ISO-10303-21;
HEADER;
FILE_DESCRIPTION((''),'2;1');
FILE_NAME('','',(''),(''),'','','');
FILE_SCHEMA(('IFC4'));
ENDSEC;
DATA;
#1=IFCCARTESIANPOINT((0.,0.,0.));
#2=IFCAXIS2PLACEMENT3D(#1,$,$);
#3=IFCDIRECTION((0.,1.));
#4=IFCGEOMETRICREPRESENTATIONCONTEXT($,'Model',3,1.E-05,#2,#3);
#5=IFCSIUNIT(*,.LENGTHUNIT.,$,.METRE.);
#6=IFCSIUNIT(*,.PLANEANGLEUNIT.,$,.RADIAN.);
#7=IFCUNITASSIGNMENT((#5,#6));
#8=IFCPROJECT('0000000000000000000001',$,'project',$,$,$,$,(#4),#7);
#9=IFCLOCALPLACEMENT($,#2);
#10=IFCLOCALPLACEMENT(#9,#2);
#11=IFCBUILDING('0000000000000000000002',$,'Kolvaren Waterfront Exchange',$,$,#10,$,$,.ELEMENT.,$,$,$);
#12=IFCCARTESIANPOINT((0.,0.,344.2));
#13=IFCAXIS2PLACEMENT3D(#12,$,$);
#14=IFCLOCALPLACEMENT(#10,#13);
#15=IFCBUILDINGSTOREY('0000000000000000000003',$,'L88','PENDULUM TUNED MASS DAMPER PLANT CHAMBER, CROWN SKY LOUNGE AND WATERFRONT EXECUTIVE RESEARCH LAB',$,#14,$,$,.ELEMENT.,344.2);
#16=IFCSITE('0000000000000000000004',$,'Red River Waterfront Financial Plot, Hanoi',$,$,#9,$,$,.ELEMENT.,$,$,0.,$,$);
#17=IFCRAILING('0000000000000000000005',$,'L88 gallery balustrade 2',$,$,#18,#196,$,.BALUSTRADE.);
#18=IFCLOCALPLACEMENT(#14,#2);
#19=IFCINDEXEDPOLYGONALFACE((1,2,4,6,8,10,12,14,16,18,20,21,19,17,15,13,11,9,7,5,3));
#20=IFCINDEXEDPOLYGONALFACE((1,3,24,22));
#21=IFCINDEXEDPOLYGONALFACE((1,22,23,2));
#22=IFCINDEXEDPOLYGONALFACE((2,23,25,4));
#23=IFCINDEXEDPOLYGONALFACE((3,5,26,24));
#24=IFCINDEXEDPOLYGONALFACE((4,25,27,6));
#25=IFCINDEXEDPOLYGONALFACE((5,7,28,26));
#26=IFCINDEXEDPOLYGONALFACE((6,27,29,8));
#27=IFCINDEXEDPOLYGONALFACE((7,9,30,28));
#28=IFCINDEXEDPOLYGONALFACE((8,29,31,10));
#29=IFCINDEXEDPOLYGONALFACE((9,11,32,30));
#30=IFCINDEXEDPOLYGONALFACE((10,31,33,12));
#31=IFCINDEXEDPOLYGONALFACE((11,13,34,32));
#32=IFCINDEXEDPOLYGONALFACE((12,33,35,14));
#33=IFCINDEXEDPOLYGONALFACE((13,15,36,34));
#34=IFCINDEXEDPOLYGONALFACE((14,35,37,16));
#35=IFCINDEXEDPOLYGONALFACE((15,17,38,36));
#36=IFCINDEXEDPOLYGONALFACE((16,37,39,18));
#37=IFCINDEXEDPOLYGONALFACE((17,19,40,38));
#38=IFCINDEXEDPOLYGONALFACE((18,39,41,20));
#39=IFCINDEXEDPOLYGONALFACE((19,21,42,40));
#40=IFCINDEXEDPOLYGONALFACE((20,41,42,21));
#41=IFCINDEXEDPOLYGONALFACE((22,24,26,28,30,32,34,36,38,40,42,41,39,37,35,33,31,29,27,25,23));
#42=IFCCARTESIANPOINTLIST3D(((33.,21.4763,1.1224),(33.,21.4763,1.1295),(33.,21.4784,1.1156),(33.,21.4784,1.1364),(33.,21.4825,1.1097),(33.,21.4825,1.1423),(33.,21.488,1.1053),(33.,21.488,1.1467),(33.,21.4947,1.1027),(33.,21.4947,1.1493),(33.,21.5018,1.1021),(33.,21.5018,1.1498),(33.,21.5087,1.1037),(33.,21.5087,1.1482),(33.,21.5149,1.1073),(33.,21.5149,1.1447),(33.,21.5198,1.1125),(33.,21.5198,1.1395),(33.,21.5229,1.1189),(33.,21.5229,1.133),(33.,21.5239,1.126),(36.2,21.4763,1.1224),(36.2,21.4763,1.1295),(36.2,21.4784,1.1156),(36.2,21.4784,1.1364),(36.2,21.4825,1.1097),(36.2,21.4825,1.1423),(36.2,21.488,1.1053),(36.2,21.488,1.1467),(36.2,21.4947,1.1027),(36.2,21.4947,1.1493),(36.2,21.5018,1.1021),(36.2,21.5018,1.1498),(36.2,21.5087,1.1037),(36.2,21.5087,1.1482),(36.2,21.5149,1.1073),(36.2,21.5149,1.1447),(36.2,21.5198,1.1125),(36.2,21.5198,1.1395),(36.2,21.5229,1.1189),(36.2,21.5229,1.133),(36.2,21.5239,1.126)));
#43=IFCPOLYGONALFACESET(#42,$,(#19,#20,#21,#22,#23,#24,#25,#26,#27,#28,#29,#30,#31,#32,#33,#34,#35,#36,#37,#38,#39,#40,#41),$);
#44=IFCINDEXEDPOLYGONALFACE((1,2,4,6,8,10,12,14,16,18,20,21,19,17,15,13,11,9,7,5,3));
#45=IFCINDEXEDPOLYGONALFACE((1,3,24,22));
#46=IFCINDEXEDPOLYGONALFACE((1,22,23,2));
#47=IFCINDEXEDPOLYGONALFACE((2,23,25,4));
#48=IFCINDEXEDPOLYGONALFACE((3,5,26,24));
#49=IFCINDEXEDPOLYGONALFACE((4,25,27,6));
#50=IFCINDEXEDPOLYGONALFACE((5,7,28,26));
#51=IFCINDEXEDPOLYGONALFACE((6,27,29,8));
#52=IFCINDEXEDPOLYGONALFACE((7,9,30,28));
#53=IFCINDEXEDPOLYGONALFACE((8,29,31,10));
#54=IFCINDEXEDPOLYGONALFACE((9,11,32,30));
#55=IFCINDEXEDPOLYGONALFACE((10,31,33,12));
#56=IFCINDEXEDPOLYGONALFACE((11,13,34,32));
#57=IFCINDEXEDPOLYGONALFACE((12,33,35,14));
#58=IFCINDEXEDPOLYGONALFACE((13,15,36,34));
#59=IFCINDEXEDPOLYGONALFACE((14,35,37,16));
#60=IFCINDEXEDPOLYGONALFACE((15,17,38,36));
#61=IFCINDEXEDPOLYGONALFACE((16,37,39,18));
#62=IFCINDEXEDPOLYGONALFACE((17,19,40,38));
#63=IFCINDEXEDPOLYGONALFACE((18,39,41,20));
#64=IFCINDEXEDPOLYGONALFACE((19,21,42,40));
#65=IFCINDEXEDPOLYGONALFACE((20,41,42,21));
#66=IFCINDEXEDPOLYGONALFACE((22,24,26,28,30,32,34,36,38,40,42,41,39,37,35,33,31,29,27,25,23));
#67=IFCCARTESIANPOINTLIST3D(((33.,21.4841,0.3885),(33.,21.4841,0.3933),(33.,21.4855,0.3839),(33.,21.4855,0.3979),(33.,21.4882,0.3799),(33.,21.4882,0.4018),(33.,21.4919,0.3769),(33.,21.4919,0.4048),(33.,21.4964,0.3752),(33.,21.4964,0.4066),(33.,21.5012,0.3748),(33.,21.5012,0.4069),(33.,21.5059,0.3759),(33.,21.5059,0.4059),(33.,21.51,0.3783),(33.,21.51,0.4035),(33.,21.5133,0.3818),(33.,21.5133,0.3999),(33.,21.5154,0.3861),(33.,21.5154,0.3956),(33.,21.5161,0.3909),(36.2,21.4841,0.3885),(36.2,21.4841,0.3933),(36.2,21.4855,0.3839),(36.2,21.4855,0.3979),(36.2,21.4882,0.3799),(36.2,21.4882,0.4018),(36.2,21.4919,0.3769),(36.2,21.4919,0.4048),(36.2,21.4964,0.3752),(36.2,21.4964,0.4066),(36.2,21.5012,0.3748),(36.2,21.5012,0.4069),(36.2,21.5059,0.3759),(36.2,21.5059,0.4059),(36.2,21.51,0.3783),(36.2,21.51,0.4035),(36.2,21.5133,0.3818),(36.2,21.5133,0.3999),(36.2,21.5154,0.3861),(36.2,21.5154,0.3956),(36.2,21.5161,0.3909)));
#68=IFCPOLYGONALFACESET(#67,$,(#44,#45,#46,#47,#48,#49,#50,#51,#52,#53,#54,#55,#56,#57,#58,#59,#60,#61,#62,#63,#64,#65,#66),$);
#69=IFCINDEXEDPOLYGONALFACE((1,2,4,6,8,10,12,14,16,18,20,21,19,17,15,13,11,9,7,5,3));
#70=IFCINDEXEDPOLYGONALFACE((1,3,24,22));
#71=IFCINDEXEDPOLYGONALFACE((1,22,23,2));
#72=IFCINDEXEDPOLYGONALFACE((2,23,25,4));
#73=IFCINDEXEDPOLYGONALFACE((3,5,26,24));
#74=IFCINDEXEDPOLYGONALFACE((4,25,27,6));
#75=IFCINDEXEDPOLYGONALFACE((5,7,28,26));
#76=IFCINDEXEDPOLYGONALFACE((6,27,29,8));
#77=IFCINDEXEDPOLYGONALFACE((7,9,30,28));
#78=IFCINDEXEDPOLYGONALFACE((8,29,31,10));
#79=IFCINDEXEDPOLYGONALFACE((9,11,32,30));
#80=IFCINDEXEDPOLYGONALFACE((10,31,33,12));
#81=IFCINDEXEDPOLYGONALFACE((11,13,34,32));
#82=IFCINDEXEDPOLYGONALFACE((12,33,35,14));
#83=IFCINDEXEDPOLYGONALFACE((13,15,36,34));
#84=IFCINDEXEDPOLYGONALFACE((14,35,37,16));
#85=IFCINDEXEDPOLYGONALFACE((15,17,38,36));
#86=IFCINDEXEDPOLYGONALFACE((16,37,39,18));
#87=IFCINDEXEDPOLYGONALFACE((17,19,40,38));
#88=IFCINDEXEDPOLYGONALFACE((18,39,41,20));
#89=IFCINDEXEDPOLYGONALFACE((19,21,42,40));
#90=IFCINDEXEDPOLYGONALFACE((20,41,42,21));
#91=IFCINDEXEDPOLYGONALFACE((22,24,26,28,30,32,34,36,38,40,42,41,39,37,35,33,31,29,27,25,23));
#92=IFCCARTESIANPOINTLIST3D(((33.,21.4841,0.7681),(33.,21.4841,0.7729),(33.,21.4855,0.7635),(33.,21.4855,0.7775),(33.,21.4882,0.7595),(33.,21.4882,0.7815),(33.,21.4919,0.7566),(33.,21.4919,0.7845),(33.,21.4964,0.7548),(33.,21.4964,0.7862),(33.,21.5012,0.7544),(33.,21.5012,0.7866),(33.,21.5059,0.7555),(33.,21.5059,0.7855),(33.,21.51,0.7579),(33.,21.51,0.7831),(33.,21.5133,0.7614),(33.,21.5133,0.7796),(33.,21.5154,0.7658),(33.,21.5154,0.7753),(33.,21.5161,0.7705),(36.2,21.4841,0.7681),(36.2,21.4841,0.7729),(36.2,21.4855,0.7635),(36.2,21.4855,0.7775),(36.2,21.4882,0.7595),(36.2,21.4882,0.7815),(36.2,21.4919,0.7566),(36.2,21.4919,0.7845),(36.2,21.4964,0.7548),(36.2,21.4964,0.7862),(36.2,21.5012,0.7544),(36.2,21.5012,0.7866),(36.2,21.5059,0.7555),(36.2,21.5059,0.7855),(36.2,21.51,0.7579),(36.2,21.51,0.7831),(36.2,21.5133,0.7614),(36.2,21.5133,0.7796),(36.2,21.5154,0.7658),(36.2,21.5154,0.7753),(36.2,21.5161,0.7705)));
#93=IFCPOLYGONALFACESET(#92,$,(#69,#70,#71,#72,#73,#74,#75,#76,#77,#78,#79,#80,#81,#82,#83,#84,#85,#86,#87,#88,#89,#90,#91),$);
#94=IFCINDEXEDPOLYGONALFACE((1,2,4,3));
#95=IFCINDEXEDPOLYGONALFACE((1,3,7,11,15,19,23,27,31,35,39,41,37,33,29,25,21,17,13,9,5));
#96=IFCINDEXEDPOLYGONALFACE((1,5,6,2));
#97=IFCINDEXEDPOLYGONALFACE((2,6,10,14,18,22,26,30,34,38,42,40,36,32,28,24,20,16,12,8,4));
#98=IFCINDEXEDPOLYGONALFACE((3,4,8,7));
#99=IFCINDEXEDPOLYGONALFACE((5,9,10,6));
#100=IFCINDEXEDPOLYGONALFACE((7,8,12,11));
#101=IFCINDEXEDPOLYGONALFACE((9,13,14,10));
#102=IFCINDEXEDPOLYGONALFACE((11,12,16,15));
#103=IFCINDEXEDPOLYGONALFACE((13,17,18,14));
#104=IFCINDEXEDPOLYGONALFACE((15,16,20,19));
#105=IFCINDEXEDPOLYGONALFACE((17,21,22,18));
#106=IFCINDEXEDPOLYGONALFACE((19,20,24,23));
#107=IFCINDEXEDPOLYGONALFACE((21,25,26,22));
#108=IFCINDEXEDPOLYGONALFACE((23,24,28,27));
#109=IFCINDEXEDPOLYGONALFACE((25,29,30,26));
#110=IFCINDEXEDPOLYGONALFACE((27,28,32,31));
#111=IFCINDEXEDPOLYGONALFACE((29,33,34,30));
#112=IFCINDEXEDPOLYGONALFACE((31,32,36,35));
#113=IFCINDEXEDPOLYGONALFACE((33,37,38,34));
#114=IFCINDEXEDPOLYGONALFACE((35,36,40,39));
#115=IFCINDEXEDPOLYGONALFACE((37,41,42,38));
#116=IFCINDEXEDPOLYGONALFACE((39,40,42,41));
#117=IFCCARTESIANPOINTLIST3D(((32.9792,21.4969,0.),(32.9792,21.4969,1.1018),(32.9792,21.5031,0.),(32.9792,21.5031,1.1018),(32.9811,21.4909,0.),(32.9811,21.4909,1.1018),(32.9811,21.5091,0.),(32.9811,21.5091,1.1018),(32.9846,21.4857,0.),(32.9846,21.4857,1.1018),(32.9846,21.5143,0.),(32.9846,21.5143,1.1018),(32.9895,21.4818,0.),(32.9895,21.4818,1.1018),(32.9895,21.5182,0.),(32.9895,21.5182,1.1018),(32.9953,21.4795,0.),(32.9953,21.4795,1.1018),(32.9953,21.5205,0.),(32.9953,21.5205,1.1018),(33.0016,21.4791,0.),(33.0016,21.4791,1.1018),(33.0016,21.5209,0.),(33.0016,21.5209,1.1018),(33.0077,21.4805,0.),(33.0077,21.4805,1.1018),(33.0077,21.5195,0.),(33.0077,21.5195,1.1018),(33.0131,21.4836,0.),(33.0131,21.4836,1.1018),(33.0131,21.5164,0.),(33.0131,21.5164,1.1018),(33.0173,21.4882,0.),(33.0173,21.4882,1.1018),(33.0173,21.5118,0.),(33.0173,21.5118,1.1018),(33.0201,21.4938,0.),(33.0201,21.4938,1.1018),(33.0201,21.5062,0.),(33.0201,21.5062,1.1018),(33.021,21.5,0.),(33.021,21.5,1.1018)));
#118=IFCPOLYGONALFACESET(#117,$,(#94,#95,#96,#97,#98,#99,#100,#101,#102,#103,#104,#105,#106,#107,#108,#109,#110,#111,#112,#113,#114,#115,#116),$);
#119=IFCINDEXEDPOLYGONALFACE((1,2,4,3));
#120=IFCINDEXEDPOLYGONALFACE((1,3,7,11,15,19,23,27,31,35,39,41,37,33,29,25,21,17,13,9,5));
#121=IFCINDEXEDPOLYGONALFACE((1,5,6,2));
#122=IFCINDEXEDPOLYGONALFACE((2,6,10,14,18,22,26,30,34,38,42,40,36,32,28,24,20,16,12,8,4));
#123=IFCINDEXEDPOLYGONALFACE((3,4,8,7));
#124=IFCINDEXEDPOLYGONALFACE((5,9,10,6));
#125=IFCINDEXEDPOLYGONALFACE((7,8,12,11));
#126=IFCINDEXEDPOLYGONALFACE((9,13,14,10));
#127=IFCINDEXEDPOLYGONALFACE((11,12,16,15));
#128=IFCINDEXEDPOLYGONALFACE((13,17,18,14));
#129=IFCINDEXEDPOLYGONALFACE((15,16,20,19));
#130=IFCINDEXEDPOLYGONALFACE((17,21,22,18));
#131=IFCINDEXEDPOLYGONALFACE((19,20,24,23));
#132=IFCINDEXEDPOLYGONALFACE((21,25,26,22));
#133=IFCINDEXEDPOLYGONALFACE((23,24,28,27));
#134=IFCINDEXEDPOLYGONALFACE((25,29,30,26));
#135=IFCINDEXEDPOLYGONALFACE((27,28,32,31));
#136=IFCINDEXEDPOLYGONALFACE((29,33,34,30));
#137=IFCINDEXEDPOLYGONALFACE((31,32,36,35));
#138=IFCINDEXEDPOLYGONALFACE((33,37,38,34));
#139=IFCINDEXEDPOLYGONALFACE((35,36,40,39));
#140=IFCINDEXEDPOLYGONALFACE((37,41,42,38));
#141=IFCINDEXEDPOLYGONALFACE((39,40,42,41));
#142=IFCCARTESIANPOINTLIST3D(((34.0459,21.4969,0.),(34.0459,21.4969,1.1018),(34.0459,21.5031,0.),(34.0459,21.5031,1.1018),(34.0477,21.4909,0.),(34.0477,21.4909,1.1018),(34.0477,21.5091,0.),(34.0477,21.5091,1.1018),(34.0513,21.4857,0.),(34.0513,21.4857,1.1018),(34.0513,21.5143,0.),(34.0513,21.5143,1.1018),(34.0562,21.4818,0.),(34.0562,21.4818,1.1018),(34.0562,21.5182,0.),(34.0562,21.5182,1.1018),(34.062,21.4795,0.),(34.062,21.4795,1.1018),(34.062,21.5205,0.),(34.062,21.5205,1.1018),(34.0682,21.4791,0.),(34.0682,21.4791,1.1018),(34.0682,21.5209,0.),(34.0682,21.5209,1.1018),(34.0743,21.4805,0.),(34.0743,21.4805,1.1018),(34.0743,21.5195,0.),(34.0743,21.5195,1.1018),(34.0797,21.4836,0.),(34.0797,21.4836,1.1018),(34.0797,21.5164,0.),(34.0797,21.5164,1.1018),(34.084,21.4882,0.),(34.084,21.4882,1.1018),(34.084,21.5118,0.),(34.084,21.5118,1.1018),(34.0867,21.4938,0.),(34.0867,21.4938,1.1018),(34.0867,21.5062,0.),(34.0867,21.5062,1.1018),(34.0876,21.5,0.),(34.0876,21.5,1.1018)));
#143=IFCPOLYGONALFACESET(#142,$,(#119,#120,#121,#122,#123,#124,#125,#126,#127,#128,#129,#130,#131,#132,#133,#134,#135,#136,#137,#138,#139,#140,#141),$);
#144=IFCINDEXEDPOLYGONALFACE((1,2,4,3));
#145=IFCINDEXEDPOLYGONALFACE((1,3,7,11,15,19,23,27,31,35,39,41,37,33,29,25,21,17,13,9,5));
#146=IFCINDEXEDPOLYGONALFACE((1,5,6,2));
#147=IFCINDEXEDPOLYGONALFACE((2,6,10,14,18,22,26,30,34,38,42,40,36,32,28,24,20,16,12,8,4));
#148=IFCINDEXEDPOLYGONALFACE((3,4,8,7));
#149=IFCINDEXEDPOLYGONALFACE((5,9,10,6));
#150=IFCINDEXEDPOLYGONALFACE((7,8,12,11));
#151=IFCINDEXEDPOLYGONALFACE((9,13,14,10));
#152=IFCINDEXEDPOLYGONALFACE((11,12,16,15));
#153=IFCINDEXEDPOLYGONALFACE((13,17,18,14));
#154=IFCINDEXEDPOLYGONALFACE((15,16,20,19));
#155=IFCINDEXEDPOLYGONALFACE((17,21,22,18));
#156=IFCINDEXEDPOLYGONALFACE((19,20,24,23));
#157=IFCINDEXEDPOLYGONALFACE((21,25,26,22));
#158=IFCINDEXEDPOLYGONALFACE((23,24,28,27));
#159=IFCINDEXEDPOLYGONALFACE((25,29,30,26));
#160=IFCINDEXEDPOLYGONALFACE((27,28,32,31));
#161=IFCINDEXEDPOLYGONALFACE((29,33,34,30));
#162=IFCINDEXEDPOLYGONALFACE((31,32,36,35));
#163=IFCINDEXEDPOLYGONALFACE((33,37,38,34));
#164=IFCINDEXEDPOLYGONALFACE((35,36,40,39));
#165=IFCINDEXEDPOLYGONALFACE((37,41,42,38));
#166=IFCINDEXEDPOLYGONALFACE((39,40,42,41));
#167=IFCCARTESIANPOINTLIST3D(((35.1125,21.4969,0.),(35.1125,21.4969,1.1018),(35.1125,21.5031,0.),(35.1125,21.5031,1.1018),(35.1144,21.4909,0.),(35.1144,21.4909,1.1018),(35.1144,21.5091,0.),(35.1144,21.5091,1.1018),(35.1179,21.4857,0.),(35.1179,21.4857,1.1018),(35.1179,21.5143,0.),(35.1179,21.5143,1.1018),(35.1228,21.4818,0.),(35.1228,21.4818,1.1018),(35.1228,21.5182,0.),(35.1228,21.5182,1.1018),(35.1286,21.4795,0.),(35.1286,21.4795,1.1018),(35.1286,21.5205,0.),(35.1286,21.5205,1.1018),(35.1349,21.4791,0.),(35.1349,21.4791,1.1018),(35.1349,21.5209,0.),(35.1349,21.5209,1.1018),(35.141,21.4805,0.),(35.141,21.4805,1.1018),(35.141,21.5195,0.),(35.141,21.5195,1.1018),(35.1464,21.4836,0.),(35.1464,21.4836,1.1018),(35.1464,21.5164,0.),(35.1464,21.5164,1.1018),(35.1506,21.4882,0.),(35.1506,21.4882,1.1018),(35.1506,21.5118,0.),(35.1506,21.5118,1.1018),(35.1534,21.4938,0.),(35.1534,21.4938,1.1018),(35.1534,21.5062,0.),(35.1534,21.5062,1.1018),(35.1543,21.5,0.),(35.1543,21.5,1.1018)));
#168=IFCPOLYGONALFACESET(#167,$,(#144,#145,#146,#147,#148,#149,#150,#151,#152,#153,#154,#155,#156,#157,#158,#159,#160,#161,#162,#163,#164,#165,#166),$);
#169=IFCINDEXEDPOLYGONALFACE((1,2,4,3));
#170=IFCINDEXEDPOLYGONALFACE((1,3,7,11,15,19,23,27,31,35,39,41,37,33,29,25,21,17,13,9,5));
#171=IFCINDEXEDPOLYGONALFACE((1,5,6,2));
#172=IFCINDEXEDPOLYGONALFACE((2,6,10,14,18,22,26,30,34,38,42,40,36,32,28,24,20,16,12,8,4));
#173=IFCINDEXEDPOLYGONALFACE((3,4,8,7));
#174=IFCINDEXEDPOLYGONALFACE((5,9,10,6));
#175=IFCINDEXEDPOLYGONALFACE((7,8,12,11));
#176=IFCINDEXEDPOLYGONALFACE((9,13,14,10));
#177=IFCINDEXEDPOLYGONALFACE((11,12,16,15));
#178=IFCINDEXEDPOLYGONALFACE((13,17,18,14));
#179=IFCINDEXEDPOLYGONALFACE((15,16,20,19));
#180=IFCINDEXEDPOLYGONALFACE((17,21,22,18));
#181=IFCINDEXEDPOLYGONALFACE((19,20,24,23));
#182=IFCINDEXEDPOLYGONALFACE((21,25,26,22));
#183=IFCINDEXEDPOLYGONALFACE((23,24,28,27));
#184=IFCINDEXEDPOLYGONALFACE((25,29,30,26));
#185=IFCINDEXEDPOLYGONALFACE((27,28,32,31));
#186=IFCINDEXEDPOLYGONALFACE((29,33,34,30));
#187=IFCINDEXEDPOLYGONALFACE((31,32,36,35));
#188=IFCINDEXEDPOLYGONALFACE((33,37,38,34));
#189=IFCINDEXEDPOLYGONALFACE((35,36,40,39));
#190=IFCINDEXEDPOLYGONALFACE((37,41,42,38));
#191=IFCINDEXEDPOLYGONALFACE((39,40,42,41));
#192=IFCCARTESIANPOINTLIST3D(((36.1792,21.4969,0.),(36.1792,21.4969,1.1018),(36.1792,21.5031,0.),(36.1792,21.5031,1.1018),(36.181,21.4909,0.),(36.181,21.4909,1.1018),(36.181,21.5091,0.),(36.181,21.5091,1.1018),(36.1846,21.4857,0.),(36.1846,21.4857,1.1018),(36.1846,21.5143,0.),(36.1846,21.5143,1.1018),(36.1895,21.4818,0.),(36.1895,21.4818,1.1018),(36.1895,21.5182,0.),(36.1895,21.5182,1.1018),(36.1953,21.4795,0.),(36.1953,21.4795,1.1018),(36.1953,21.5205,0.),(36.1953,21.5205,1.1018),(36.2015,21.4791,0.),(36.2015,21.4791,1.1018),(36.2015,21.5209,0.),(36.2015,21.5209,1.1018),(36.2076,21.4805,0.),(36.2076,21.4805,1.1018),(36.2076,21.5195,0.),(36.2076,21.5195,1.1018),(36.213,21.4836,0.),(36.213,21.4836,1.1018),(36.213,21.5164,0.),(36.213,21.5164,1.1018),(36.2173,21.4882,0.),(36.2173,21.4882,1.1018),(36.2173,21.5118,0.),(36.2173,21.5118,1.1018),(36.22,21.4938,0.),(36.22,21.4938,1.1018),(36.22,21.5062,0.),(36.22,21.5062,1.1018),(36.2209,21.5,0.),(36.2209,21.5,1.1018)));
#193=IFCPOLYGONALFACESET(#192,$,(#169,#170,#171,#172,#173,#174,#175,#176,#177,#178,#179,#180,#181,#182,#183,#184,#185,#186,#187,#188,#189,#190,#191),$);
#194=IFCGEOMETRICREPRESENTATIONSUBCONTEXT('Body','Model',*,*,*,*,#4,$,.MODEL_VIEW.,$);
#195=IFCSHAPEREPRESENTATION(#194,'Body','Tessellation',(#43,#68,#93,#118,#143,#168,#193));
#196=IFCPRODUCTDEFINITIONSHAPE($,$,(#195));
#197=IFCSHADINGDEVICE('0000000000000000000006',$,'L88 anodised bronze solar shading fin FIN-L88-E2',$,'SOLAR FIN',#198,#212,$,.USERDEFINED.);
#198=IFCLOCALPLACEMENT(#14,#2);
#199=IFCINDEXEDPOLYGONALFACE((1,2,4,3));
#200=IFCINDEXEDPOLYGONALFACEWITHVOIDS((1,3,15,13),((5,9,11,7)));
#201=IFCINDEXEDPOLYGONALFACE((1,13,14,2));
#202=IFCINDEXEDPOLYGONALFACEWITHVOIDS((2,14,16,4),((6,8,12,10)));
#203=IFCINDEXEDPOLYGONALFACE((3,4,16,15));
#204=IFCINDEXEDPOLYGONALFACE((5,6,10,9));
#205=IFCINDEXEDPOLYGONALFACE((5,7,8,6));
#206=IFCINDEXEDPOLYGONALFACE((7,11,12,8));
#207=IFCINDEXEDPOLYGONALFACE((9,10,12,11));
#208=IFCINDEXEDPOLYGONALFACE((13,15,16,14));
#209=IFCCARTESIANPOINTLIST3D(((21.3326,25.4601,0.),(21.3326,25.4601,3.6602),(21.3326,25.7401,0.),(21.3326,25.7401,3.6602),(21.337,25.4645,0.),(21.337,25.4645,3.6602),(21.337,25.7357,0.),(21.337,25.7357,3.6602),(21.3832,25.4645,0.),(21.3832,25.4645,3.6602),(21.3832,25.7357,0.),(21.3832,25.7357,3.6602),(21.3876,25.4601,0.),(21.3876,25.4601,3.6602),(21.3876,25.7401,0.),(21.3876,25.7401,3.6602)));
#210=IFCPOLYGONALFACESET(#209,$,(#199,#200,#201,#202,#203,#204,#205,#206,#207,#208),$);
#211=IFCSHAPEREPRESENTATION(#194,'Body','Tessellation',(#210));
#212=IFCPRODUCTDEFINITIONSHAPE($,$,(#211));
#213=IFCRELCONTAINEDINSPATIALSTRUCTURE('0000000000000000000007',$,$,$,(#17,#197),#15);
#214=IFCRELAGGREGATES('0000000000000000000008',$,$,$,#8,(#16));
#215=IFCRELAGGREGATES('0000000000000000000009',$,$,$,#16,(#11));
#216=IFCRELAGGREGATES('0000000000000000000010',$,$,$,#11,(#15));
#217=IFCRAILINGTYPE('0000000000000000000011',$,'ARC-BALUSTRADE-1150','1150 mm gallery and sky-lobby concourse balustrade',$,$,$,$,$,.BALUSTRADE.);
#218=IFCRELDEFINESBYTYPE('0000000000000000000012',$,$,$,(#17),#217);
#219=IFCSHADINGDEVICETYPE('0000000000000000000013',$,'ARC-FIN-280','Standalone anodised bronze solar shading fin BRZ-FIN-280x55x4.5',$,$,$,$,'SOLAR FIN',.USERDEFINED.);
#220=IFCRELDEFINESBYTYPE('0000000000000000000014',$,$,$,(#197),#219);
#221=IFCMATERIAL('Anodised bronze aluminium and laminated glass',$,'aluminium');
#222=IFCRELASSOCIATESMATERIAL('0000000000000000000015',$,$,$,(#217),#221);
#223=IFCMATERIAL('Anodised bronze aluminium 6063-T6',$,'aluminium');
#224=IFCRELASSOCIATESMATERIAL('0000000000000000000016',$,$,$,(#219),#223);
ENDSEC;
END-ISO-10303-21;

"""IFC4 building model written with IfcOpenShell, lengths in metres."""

from ifc_helpers import new_model, si_unit, direction, frame, origin, origin_2d, place, context, subcontext, project, spatial, hollow_rectangle, circle, extrude, material, material_profile, profile_set, type_object, element, save


model = new_model("IFC4")

# Units and contexts
model_context = context("Model", 3, precision=1e-05, world=origin(), true_north=direction((0.0, 1.0)))
body_context = subcontext(model_context, "Body", "Model", "MODEL_VIEW")
ifc_project = project(units=[si_unit("LENGTHUNIT", "METRE"), si_unit("PLANEANGLEUNIT", "RADIAN")], contexts=[model_context])

# Site, building, storey
site_placement = place(None, origin())
site = spatial("IfcSite", under=ifc_project, at=site_placement, Name="Red River Waterfront Financial Plot, Hanoi", CompositionType="ELEMENT", RefElevation=0.0)
building_placement = place(site_placement, origin())
building = spatial("IfcBuilding", under=site, at=building_placement, Name="Kolvaren Waterfront Exchange", CompositionType="ELEMENT")
storey_placement = place(building_placement, frame((0.0, 0.0, 344.2)))
storey = spatial("IfcBuildingStorey", under=building, at=storey_placement, Name="L88", Description="PENDULUM TUNED MASS DAMPER PLANT CHAMBER, CROWN SKY LOUNGE AND WATERFRONT EXECUTIVE RESEARCH LAB", CompositionType="ELEMENT", Elevation=344.2)

# Shared definitions
ifc_material_1 = material(Name="Anodised bronze aluminium 6063-T6", Category="aluminium")

# Railing
ifc_material_2 = material(Name="Anodised bronze aluminium and laminated glass", Category="aluminium")
railing_type = type_object("IfcRailingType", Name="ARC-BALUSTRADE-1150", Description="1150 mm gallery and sky-lobby concourse balustrade", PredefinedType="BALUSTRADE", material=ifc_material_2)
for number, where, name in (
    (1, (33.0, 21.5, 0.0), "L88 gallery balustrade 2"),
):
    element("IfcRailing", number, at=place(storey_placement, frame(where)), inside=storey, type_object=railing_type, Name=name, PredefinedType="BALUSTRADE", context=body_context, shape_type="SweptSolid", body=[
        extrude(circle(Radius=0.0239, at=origin_2d()), frame((0.0, 0.0, 1.126), z_axis=(1.0, 0.0, 0.0), x_axis=(0.0, 1.0, 0.0)), (0.0, 0.0, 1.0), 3.2),
        extrude(circle(Radius=0.0161, at=origin_2d()), frame((0.0, 0.0, 0.3909), z_axis=(1.0, 0.0, 0.0), x_axis=(0.0, 1.0, 0.0)), (0.0, 0.0, 1.0), 3.2),
        extrude(circle(Radius=0.0161, at=origin_2d()), frame((0.0, 0.0, 0.7705), z_axis=(1.0, 0.0, 0.0), x_axis=(0.0, 1.0, 0.0)), (0.0, 0.0, 1.0), 3.2),
        extrude(circle(Radius=0.021, at=origin_2d()), origin(), (0.0, 0.0, 1.0), 1.1018),
        extrude(circle(Radius=0.021, at=origin_2d()), frame((1.0667, 0.0, 0.0)), (0.0, 0.0, 1.0), 1.1018),
        extrude(circle(Radius=0.021, at=origin_2d()), frame((2.1333, 0.0, 0.0)), (0.0, 0.0, 1.0), 1.1018),
        extrude(circle(Radius=0.021, at=origin_2d()), frame((3.2, 0.0, 0.0)), (0.0, 0.0, 1.0), 1.1018),
    ])

# Shading device
ifc_material_profile_1 = material_profile(ifc_material_1, hollow_rectangle(XDim=0.0549, YDim=0.28, WallThickness=0.0044, at=origin_2d()), Name="BRZ-FIN-280x55x4.5")
ifc_profile_set_1 = profile_set([ifc_material_profile_1], Name="Anodised bronze aluminium 6063-T6")
shading_device_type = type_object("IfcShadingDeviceType", Name="ARC-FIN-280", Description="Standalone anodised bronze solar shading fin BRZ-FIN-280x55x4.5", ElementType="SOLAR FIN", PredefinedType="USERDEFINED", material=ifc_profile_set_1)
for number, where, z_axis, x_axis, name in (
    (2, (21.3601, 25.6001, 0.0), (0.0, 0.0, 1.0), (1.0, 0.0, 0.0), "L88 anodised bronze solar shading fin FIN-L88-E2"),
):
    element("IfcShadingDevice", number, at=place(storey_placement, frame(where, z_axis=z_axis, x_axis=x_axis)), inside=storey, type_object=shading_device_type, Name=name, ObjectType="SOLAR FIN", PredefinedType="USERDEFINED", context=body_context, shape_type="SweptSolid", body=[
        extrude(hollow_rectangle(XDim=0.0549, YDim=0.28, WallThickness=0.0044, at=origin_2d()), origin(), (0.0, 0.0, 1.0), 3.6602),
    ])

save(model, "model.ifc")
